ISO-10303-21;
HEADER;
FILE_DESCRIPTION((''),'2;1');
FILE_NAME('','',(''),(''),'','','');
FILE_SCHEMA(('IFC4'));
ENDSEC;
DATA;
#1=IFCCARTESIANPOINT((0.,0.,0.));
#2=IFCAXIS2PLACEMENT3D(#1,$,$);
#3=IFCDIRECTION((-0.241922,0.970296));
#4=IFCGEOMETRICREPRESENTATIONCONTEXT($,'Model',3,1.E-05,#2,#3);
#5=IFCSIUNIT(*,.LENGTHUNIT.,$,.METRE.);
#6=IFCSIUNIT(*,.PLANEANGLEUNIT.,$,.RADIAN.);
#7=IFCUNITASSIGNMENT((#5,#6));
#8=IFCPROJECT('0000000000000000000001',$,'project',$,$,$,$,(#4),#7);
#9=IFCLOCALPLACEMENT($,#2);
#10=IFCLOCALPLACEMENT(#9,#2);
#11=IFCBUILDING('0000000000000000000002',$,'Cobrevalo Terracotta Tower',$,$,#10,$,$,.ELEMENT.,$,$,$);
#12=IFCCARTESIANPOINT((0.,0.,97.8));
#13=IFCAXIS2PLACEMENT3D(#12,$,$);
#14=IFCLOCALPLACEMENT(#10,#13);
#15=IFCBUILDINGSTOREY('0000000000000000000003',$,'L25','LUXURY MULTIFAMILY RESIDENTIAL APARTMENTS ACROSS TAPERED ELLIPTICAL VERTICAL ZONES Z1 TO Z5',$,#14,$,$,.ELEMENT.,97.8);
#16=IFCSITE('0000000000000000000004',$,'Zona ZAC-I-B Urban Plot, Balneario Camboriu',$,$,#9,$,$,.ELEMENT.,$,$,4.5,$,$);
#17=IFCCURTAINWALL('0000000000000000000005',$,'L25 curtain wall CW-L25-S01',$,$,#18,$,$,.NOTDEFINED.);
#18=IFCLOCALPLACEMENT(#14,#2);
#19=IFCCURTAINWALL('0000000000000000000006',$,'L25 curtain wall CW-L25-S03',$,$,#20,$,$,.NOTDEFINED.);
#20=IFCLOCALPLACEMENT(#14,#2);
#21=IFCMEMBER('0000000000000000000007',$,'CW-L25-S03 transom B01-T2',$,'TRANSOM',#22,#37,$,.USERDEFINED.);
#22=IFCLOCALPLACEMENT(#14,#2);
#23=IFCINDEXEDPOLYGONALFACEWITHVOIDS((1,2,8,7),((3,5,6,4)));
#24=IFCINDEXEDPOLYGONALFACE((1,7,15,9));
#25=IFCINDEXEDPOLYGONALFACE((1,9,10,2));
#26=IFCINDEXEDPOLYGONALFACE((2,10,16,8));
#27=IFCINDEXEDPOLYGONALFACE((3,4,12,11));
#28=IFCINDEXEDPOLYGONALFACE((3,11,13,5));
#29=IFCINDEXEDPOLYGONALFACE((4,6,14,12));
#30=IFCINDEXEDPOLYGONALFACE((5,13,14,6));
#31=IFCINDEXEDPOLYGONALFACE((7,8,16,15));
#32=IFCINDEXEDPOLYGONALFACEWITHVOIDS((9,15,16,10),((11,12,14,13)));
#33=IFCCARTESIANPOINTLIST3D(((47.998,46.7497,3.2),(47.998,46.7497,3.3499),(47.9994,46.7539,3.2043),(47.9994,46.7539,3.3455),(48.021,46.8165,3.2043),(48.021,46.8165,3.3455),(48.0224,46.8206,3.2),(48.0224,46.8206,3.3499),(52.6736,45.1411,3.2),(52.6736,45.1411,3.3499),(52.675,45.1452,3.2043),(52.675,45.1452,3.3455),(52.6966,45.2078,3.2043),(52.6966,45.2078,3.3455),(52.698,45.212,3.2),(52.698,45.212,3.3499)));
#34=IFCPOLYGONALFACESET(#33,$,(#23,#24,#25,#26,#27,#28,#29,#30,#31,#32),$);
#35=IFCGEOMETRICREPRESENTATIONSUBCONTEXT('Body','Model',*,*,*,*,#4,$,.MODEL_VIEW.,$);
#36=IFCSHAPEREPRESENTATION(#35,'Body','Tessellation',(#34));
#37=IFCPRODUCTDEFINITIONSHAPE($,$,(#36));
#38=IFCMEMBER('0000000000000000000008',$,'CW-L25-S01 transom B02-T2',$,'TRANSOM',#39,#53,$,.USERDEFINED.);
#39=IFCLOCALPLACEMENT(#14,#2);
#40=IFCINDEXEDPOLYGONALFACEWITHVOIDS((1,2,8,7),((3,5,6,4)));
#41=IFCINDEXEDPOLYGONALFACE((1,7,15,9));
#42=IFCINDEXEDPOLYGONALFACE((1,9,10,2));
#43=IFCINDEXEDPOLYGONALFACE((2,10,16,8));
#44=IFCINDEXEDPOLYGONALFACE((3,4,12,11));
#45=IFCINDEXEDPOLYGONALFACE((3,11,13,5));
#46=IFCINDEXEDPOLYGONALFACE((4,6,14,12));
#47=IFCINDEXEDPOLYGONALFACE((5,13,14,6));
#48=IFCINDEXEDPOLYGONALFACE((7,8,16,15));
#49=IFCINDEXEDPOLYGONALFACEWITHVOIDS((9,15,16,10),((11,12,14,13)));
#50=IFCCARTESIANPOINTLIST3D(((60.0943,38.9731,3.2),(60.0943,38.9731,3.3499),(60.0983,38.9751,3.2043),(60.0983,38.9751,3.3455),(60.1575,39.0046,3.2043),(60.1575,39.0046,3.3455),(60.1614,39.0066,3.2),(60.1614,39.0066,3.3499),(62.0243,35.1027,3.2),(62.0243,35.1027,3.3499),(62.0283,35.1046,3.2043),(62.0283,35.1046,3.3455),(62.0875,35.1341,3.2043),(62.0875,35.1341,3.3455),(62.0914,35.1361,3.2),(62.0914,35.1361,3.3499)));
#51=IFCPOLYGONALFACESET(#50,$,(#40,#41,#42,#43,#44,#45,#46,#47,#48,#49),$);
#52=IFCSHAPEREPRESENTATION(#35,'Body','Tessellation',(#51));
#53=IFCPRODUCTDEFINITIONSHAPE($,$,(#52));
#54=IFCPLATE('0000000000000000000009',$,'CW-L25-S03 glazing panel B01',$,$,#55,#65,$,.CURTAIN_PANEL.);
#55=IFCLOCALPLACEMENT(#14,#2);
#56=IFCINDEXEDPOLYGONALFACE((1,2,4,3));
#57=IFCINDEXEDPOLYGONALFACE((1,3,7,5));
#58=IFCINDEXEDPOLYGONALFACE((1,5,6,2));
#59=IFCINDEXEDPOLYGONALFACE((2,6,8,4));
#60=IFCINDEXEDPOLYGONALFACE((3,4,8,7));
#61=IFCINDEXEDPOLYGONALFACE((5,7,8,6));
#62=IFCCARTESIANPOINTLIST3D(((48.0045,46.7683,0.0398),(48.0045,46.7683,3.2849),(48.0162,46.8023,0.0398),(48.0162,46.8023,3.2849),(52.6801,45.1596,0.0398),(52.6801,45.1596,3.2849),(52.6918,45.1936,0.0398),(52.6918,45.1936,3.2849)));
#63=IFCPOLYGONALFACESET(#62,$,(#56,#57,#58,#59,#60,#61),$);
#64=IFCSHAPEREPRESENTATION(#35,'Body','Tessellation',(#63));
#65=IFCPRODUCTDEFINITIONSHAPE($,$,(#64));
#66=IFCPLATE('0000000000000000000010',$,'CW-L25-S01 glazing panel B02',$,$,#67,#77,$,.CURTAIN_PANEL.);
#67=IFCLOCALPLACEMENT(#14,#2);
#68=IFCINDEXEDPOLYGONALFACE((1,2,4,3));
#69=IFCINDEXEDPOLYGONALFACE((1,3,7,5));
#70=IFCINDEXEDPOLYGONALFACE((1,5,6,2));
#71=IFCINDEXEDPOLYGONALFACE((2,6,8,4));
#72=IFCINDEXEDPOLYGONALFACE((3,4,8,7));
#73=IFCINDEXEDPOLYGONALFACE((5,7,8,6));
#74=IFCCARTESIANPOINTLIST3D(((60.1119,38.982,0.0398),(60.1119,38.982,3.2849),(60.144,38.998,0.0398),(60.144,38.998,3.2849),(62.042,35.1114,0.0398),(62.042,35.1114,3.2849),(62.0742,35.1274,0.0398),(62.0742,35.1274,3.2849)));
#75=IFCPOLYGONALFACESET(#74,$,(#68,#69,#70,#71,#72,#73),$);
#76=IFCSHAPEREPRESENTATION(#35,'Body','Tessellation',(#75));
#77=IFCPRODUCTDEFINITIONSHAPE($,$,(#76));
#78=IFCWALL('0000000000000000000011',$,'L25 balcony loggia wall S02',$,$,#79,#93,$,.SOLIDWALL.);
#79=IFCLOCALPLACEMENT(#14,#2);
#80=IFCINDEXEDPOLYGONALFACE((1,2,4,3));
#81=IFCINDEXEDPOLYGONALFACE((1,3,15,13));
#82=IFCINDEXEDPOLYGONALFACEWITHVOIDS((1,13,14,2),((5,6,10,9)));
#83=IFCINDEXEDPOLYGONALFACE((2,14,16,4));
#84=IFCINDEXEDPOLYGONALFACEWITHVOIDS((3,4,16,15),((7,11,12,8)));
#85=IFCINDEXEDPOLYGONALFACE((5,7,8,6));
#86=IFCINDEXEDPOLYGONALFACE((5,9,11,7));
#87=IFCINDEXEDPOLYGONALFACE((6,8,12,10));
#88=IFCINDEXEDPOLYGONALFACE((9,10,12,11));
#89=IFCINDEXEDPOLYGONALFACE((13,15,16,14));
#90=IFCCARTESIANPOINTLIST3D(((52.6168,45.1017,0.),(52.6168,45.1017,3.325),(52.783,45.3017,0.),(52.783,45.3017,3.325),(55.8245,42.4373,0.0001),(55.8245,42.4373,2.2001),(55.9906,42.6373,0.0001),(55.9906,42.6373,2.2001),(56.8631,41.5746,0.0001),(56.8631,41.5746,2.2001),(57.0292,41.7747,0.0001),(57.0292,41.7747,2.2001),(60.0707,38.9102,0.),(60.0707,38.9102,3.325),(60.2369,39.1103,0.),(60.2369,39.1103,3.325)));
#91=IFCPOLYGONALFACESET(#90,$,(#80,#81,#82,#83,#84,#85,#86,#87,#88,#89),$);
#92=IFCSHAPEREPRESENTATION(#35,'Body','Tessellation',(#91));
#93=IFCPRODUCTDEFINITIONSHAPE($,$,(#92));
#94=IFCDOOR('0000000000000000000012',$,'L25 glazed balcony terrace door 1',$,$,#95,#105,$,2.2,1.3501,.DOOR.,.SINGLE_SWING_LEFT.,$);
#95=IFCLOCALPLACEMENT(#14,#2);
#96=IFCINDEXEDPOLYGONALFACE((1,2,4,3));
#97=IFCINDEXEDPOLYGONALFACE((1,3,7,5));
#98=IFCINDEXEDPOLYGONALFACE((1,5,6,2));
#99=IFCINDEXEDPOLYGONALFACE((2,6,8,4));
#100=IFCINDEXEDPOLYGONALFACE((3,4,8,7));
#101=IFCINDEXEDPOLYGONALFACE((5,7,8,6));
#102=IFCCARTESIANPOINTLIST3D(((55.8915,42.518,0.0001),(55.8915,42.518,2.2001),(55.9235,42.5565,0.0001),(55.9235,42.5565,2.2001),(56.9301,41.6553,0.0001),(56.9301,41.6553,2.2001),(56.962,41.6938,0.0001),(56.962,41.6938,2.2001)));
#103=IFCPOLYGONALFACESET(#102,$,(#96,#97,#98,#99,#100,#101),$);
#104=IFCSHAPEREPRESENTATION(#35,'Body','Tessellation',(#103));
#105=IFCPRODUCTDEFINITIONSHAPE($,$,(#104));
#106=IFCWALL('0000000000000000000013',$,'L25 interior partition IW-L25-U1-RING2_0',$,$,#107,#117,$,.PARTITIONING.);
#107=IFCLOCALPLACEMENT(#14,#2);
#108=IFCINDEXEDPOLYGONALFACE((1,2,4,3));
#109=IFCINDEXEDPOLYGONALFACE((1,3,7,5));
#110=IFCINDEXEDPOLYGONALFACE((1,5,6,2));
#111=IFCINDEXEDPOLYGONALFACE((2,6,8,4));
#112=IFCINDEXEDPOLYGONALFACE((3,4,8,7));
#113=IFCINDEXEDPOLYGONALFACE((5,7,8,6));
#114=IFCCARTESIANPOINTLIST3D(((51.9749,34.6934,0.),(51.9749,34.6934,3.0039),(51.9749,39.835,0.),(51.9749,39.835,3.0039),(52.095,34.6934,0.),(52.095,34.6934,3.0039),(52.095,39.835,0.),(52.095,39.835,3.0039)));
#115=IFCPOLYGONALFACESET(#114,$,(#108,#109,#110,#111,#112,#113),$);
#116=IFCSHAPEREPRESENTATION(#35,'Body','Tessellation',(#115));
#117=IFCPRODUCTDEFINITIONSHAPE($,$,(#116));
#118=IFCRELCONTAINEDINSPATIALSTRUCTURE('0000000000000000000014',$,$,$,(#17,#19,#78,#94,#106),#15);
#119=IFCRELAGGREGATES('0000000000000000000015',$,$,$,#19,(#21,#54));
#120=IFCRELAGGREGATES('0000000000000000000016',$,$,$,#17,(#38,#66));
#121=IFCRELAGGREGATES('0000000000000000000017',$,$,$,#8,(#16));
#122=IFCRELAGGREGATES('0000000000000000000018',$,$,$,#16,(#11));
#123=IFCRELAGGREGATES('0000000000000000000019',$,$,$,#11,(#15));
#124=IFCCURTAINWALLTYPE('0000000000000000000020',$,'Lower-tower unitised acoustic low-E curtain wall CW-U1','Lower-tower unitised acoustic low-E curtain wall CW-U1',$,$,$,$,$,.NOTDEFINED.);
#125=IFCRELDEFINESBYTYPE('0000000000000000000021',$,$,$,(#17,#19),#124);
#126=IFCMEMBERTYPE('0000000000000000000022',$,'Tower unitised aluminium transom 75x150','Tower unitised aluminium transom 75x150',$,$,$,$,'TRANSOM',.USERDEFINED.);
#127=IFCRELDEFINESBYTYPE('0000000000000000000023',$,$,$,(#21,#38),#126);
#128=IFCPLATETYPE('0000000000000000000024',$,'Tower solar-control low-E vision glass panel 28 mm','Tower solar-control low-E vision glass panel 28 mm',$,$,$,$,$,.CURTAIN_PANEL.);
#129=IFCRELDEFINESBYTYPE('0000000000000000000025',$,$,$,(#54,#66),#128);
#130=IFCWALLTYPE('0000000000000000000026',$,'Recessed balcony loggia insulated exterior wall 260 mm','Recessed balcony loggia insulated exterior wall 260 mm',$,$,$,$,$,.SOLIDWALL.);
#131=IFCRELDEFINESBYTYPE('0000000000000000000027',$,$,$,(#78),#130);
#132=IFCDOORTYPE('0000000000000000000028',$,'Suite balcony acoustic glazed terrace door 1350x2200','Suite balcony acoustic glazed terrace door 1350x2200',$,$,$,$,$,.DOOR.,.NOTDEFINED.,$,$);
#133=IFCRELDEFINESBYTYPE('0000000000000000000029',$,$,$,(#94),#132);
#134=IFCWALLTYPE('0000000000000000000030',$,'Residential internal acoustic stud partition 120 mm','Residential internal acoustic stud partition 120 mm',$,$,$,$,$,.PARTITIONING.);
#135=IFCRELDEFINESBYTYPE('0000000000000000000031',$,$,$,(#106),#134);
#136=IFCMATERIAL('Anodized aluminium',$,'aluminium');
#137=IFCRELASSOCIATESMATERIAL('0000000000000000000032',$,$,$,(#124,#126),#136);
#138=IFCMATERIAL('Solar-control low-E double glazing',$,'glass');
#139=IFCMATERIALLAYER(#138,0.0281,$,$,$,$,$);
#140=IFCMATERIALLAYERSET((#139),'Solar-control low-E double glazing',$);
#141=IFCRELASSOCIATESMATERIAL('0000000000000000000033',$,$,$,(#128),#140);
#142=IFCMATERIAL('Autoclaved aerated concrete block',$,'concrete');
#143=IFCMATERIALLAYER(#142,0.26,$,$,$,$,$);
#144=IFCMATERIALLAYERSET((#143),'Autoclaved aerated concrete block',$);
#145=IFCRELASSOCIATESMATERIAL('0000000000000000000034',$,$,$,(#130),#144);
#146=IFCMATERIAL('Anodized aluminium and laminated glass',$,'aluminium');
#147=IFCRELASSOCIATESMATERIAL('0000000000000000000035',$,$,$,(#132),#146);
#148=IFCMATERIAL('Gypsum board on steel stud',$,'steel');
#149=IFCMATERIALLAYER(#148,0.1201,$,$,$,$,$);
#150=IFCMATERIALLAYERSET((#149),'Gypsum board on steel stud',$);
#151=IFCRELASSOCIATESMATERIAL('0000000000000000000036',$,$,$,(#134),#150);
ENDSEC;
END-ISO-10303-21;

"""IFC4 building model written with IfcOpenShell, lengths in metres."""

from ifc_helpers import new_model, si_unit, direction, frame, frame_2d, origin, origin_2d, place, context, subcontext, project, spatial, rectangle, hollow_rectangle, extrude, source, transform, mapped, material, layer, layer_set, material_profile, profile_set, type_object, element, fill, aggregate, save


model = new_model("IFC4")

# Units and contexts
model_context = context("Model", 3, precision=1e-05, world=origin(), true_north=direction((-0.241922, 0.970296)))
body_context = subcontext(model_context, "Body", "Model", "MODEL_VIEW")
ifc_project = project(units=[si_unit("LENGTHUNIT", "METRE"), si_unit("PLANEANGLEUNIT", "RADIAN")], contexts=[model_context])

# Site, building, storey
site_placement = place(None, origin())
site = spatial("IfcSite", under=ifc_project, at=site_placement, Name="Zona ZAC-I-B Urban Plot, Balneario Camboriu", CompositionType="ELEMENT", RefElevation=4.5)
building_placement = place(site_placement, origin())
building = spatial("IfcBuilding", under=site, at=building_placement, Name="Cobrevalo Terracotta Tower", CompositionType="ELEMENT")
storey_placement = place(building_placement, frame((0.0, 0.0, 97.8)))
storey = spatial("IfcBuildingStorey", under=building, at=storey_placement, Name="L25", Description="LUXURY MULTIFAMILY RESIDENTIAL APARTMENTS ACROSS TAPERED ELLIPTICAL VERTICAL ZONES Z1 TO Z5", CompositionType="ELEMENT", Elevation=97.8)

# Curtain wall
ifc_material_1 = material(Name="Anodized aluminium", Category="aluminium")
curtain_wall_type = type_object("IfcCurtainWallType", Name="Lower-tower unitised acoustic low-E curtain wall CW-U1", Description="Lower-tower unitised acoustic low-E curtain wall CW-U1", PredefinedType="NOTDEFINED", material=ifc_material_1)
curtain_wall_1_placement = place(storey_placement, origin())
curtain_wall_1 = element("IfcCurtainWall", 1, at=curtain_wall_1_placement, inside=storey, type_object=curtain_wall_type, Name="L25 curtain wall CW-L25-S01", PredefinedType="NOTDEFINED")

# Curtain wall, member
curtain_wall_2_placement = place(storey_placement, origin())
curtain_wall_2 = element("IfcCurtainWall", 2, at=curtain_wall_2_placement, inside=storey, type_object=curtain_wall_type, Name="L25 curtain wall CW-L25-S03", PredefinedType="NOTDEFINED")
ifc_material_profile_1 = material_profile(ifc_material_1, hollow_rectangle(XDim=0.075, YDim=0.1499, WallThickness=0.0044, at=origin_2d()), Name="CWT 75x150")
ifc_profile_set_1 = profile_set([ifc_material_profile_1], Name="Anodized aluminium")
member_type_1 = type_object("IfcMemberType", Name="Tower unitised aluminium transom 75x150", Description="Tower unitised aluminium transom 75x150", ElementType="TRANSOM", PredefinedType="USERDEFINED", material=ifc_profile_set_1)
shared_shape_1 = source(origin(), body_context, "Body", "SweptSolid", [
    extrude(hollow_rectangle(XDim=0.075, YDim=0.1499, WallThickness=0.0044, at=origin_2d()), origin(), (0.0, 0.0, 1.0), 4.9446),
])
member_1_placement = place(storey_placement, frame((52.6858, 45.1765, 3.2749), z_axis=(-0.945598, 0.325338, 0.0), x_axis=(-0.325338, -0.945598, 0.0)))
member_1 = element("IfcMember", 3, at=member_1_placement, type_object=member_type_1, Name="CW-L25-S03 transom B01-T2", ObjectType="TRANSOM", PredefinedType="USERDEFINED", context=body_context, shape_type="MappedRepresentation", body=[
    mapped(shared_shape_1, transform((0.0, 0.0, 0.0), scale=1.0)),
])

# Member
shared_shape_2 = source(origin(), body_context, "Body", "SweptSolid", [
    extrude(hollow_rectangle(XDim=0.075, YDim=0.1499, WallThickness=0.0044, at=origin_2d()), origin(), (0.0, 0.0, 1.0), 4.325),
])
member_2_placement = place(storey_placement, frame((62.0579, 35.1194, 3.2749), z_axis=(-0.446242, 0.894912, 0.0), x_axis=(-0.894912, -0.446242, 0.0)))
member_2 = element("IfcMember", 4, at=member_2_placement, type_object=member_type_1, Name="CW-L25-S01 transom B02-T2", ObjectType="TRANSOM", PredefinedType="USERDEFINED", context=body_context, shape_type="MappedRepresentation", body=[
    mapped(shared_shape_2, transform((0.0, 0.0, 0.0), scale=1.0)),
])

# Plates
ifc_material_2 = material(Name="Solar-control low-E double glazing", Category="glass")
ifc_layer_1 = layer(ifc_material_2, 0.0281)
ifc_layer_set_1 = layer_set([ifc_layer_1], Name="Solar-control low-E double glazing")
plate_type = type_object("IfcPlateType", Name="Tower solar-control low-E vision glass panel 28 mm", Description="Tower solar-control low-E vision glass panel 28 mm", PredefinedType="CURTAIN_PANEL", material=ifc_layer_set_1)
shared_shape_3 = source(origin(), body_context, "Body", "SweptSolid", [
    extrude(rectangle(XDim=4.9446, YDim=0.0359, at=origin_2d()), origin(), (0.0, 0.0, 1.0), 3.2451),
])
plate_1_placement = place(storey_placement, frame((50.3481, 45.981, 0.0398), z_axis=(0.0, 0.0, 1.0), x_axis=(-0.945596, 0.325342, 0.0)))
plate_1 = element("IfcPlate", 5, at=plate_1_placement, type_object=plate_type, Name="CW-L25-S03 glazing panel B01", PredefinedType="CURTAIN_PANEL", context=body_context, shape_type="MappedRepresentation", body=[
    mapped(shared_shape_3, transform((0.0, 0.0, 0.0), scale=1.0)),
])
aggregate(curtain_wall_2, [member_1, plate_1])
shared_shape_4 = source(origin(), body_context, "Body", "SweptSolid", [
    extrude(rectangle(XDim=4.3252, YDim=0.0359, at=origin_2d()), origin(), (0.0, 0.0, 1.0), 3.2451),
])
plate_2_placement = place(storey_placement, frame((61.093, 37.0547, 0.0398), z_axis=(0.0, 0.0, 1.0), x_axis=(-0.446262, 0.894902, 0.0)))
plate_2 = element("IfcPlate", 6, at=plate_2_placement, type_object=plate_type, Name="CW-L25-S01 glazing panel B02", PredefinedType="CURTAIN_PANEL", context=body_context, shape_type="MappedRepresentation", body=[
    mapped(shared_shape_4, transform((0.0, 0.0, 0.0), scale=1.0)),
])
aggregate(curtain_wall_1, [member_2, plate_2])

# Wall, opening, door
ifc_material_3 = material(Name="Autoclaved aerated concrete block", Category="concrete")
ifc_layer_2 = layer(ifc_material_3, 0.26)
ifc_layer_set_2 = layer_set([ifc_layer_2], Name="Autoclaved aerated concrete block")
wall_type_1 = type_object("IfcWallType", Name="Recessed balcony loggia insulated exterior wall 260 mm", Description="Recessed balcony loggia insulated exterior wall 260 mm", PredefinedType="SOLIDWALL", material=ifc_layer_set_2)
wall_1_placement = place(storey_placement, frame((60.1538, 39.0103, 0.0), z_axis=(0.0, 0.0, 1.0), x_axis=(-0.769243, 0.638957, 0.0)))
wall_1 = element("IfcWall", 7, at=wall_1_placement, inside=storey, type_object=wall_type_1, Name="L25 balcony loggia wall S02", PredefinedType="SOLIDWALL", context=body_context, shape_type="SweptSolid", body=[
    extrude(rectangle(XDim=9.6899, YDim=0.26, at=frame_2d((4.845, 0.0))), origin(), (0.0, 0.0, 1.0), 3.325),
])
opening_1_placement = place(wall_1_placement, frame((4.1699, 0.0, 0.0)))
opening_1 = element("IfcOpeningElement", 8, at=opening_1_placement, cuts=wall_1, PredefinedType="OPENING", context=body_context, shape_type="SweptSolid", body=[
    extrude(rectangle(XDim=1.3501, YDim=2.2, at=frame_2d((0.675, 1.1001))), frame((0.0, 0.1401, 0.0), z_axis=(0.0, -1.0, 0.0), x_axis=(1.0, 0.0, 0.0)), (0.0, 0.0, 1.0), 0.28),
])
ifc_material_4 = material(Name="Anodized aluminium and laminated glass", Category="aluminium")
door_type_1 = type_object("IfcDoorType", Name="Suite balcony acoustic glazed terrace door 1350x2200", Description="Suite balcony acoustic glazed terrace door 1350x2200", OperationType="NOTDEFINED", PredefinedType="DOOR", material=ifc_material_4)
shared_shape_5 = source(origin(), body_context, "Body", "SweptSolid", [
    extrude(rectangle(XDim=1.3501, YDim=2.2, at=frame_2d((0.675, 1.1001))), frame((0.0, 0.0249, 0.0), z_axis=(0.0, -1.0, 0.0), x_axis=(1.0, 0.0, 0.0)), (0.0, 0.0, 1.0), 0.05),
])
door_1_placement = place(opening_1_placement, frame((1.3501, 0.0, 0.0), z_axis=(0.0, 0.0, 1.0), x_axis=(-1.0, 0.0, 0.0)))
door_1 = element("IfcDoor", 9, at=door_1_placement, inside=storey, type_object=door_type_1, Name="L25 glazed balcony terrace door 1", OperationType="SINGLE_SWING_LEFT", OverallHeight=2.2, OverallWidth=1.3501, PredefinedType="DOOR", context=body_context, shape_type="MappedRepresentation", body=[
    mapped(shared_shape_5, transform((0.0, 0.0, 0.0), scale=1.0)),
])
fill(opening_1, door_1)

# Wall
ifc_material_5 = material(Name="Gypsum board on steel stud", Category="steel")
ifc_layer_3 = layer(ifc_material_5, 0.1201)
ifc_layer_set_3 = layer_set([ifc_layer_3], Name="Gypsum board on steel stud")
wall_type_2 = type_object("IfcWallType", Name="Residential internal acoustic stud partition 120 mm", Description="Residential internal acoustic stud partition 120 mm", PredefinedType="PARTITIONING", material=ifc_layer_set_3)
wall_2_placement = place(storey_placement, frame((52.0349, 39.835, 0.0), z_axis=(0.0, 0.0, 1.0), x_axis=(0.0, -1.0, 0.0)))
element("IfcWall", 10, at=wall_2_placement, inside=storey, type_object=wall_type_2, Name="L25 interior partition IW-L25-U1-RING2_0", PredefinedType="PARTITIONING", context=body_context, shape_type="SweptSolid", body=[
    extrude(rectangle(XDim=5.1416, YDim=0.1201, at=frame_2d((2.5708, 0.0))), origin(), (0.0, 0.0, 1.0), 3.0039),
])

save(model, "model.ifc")
